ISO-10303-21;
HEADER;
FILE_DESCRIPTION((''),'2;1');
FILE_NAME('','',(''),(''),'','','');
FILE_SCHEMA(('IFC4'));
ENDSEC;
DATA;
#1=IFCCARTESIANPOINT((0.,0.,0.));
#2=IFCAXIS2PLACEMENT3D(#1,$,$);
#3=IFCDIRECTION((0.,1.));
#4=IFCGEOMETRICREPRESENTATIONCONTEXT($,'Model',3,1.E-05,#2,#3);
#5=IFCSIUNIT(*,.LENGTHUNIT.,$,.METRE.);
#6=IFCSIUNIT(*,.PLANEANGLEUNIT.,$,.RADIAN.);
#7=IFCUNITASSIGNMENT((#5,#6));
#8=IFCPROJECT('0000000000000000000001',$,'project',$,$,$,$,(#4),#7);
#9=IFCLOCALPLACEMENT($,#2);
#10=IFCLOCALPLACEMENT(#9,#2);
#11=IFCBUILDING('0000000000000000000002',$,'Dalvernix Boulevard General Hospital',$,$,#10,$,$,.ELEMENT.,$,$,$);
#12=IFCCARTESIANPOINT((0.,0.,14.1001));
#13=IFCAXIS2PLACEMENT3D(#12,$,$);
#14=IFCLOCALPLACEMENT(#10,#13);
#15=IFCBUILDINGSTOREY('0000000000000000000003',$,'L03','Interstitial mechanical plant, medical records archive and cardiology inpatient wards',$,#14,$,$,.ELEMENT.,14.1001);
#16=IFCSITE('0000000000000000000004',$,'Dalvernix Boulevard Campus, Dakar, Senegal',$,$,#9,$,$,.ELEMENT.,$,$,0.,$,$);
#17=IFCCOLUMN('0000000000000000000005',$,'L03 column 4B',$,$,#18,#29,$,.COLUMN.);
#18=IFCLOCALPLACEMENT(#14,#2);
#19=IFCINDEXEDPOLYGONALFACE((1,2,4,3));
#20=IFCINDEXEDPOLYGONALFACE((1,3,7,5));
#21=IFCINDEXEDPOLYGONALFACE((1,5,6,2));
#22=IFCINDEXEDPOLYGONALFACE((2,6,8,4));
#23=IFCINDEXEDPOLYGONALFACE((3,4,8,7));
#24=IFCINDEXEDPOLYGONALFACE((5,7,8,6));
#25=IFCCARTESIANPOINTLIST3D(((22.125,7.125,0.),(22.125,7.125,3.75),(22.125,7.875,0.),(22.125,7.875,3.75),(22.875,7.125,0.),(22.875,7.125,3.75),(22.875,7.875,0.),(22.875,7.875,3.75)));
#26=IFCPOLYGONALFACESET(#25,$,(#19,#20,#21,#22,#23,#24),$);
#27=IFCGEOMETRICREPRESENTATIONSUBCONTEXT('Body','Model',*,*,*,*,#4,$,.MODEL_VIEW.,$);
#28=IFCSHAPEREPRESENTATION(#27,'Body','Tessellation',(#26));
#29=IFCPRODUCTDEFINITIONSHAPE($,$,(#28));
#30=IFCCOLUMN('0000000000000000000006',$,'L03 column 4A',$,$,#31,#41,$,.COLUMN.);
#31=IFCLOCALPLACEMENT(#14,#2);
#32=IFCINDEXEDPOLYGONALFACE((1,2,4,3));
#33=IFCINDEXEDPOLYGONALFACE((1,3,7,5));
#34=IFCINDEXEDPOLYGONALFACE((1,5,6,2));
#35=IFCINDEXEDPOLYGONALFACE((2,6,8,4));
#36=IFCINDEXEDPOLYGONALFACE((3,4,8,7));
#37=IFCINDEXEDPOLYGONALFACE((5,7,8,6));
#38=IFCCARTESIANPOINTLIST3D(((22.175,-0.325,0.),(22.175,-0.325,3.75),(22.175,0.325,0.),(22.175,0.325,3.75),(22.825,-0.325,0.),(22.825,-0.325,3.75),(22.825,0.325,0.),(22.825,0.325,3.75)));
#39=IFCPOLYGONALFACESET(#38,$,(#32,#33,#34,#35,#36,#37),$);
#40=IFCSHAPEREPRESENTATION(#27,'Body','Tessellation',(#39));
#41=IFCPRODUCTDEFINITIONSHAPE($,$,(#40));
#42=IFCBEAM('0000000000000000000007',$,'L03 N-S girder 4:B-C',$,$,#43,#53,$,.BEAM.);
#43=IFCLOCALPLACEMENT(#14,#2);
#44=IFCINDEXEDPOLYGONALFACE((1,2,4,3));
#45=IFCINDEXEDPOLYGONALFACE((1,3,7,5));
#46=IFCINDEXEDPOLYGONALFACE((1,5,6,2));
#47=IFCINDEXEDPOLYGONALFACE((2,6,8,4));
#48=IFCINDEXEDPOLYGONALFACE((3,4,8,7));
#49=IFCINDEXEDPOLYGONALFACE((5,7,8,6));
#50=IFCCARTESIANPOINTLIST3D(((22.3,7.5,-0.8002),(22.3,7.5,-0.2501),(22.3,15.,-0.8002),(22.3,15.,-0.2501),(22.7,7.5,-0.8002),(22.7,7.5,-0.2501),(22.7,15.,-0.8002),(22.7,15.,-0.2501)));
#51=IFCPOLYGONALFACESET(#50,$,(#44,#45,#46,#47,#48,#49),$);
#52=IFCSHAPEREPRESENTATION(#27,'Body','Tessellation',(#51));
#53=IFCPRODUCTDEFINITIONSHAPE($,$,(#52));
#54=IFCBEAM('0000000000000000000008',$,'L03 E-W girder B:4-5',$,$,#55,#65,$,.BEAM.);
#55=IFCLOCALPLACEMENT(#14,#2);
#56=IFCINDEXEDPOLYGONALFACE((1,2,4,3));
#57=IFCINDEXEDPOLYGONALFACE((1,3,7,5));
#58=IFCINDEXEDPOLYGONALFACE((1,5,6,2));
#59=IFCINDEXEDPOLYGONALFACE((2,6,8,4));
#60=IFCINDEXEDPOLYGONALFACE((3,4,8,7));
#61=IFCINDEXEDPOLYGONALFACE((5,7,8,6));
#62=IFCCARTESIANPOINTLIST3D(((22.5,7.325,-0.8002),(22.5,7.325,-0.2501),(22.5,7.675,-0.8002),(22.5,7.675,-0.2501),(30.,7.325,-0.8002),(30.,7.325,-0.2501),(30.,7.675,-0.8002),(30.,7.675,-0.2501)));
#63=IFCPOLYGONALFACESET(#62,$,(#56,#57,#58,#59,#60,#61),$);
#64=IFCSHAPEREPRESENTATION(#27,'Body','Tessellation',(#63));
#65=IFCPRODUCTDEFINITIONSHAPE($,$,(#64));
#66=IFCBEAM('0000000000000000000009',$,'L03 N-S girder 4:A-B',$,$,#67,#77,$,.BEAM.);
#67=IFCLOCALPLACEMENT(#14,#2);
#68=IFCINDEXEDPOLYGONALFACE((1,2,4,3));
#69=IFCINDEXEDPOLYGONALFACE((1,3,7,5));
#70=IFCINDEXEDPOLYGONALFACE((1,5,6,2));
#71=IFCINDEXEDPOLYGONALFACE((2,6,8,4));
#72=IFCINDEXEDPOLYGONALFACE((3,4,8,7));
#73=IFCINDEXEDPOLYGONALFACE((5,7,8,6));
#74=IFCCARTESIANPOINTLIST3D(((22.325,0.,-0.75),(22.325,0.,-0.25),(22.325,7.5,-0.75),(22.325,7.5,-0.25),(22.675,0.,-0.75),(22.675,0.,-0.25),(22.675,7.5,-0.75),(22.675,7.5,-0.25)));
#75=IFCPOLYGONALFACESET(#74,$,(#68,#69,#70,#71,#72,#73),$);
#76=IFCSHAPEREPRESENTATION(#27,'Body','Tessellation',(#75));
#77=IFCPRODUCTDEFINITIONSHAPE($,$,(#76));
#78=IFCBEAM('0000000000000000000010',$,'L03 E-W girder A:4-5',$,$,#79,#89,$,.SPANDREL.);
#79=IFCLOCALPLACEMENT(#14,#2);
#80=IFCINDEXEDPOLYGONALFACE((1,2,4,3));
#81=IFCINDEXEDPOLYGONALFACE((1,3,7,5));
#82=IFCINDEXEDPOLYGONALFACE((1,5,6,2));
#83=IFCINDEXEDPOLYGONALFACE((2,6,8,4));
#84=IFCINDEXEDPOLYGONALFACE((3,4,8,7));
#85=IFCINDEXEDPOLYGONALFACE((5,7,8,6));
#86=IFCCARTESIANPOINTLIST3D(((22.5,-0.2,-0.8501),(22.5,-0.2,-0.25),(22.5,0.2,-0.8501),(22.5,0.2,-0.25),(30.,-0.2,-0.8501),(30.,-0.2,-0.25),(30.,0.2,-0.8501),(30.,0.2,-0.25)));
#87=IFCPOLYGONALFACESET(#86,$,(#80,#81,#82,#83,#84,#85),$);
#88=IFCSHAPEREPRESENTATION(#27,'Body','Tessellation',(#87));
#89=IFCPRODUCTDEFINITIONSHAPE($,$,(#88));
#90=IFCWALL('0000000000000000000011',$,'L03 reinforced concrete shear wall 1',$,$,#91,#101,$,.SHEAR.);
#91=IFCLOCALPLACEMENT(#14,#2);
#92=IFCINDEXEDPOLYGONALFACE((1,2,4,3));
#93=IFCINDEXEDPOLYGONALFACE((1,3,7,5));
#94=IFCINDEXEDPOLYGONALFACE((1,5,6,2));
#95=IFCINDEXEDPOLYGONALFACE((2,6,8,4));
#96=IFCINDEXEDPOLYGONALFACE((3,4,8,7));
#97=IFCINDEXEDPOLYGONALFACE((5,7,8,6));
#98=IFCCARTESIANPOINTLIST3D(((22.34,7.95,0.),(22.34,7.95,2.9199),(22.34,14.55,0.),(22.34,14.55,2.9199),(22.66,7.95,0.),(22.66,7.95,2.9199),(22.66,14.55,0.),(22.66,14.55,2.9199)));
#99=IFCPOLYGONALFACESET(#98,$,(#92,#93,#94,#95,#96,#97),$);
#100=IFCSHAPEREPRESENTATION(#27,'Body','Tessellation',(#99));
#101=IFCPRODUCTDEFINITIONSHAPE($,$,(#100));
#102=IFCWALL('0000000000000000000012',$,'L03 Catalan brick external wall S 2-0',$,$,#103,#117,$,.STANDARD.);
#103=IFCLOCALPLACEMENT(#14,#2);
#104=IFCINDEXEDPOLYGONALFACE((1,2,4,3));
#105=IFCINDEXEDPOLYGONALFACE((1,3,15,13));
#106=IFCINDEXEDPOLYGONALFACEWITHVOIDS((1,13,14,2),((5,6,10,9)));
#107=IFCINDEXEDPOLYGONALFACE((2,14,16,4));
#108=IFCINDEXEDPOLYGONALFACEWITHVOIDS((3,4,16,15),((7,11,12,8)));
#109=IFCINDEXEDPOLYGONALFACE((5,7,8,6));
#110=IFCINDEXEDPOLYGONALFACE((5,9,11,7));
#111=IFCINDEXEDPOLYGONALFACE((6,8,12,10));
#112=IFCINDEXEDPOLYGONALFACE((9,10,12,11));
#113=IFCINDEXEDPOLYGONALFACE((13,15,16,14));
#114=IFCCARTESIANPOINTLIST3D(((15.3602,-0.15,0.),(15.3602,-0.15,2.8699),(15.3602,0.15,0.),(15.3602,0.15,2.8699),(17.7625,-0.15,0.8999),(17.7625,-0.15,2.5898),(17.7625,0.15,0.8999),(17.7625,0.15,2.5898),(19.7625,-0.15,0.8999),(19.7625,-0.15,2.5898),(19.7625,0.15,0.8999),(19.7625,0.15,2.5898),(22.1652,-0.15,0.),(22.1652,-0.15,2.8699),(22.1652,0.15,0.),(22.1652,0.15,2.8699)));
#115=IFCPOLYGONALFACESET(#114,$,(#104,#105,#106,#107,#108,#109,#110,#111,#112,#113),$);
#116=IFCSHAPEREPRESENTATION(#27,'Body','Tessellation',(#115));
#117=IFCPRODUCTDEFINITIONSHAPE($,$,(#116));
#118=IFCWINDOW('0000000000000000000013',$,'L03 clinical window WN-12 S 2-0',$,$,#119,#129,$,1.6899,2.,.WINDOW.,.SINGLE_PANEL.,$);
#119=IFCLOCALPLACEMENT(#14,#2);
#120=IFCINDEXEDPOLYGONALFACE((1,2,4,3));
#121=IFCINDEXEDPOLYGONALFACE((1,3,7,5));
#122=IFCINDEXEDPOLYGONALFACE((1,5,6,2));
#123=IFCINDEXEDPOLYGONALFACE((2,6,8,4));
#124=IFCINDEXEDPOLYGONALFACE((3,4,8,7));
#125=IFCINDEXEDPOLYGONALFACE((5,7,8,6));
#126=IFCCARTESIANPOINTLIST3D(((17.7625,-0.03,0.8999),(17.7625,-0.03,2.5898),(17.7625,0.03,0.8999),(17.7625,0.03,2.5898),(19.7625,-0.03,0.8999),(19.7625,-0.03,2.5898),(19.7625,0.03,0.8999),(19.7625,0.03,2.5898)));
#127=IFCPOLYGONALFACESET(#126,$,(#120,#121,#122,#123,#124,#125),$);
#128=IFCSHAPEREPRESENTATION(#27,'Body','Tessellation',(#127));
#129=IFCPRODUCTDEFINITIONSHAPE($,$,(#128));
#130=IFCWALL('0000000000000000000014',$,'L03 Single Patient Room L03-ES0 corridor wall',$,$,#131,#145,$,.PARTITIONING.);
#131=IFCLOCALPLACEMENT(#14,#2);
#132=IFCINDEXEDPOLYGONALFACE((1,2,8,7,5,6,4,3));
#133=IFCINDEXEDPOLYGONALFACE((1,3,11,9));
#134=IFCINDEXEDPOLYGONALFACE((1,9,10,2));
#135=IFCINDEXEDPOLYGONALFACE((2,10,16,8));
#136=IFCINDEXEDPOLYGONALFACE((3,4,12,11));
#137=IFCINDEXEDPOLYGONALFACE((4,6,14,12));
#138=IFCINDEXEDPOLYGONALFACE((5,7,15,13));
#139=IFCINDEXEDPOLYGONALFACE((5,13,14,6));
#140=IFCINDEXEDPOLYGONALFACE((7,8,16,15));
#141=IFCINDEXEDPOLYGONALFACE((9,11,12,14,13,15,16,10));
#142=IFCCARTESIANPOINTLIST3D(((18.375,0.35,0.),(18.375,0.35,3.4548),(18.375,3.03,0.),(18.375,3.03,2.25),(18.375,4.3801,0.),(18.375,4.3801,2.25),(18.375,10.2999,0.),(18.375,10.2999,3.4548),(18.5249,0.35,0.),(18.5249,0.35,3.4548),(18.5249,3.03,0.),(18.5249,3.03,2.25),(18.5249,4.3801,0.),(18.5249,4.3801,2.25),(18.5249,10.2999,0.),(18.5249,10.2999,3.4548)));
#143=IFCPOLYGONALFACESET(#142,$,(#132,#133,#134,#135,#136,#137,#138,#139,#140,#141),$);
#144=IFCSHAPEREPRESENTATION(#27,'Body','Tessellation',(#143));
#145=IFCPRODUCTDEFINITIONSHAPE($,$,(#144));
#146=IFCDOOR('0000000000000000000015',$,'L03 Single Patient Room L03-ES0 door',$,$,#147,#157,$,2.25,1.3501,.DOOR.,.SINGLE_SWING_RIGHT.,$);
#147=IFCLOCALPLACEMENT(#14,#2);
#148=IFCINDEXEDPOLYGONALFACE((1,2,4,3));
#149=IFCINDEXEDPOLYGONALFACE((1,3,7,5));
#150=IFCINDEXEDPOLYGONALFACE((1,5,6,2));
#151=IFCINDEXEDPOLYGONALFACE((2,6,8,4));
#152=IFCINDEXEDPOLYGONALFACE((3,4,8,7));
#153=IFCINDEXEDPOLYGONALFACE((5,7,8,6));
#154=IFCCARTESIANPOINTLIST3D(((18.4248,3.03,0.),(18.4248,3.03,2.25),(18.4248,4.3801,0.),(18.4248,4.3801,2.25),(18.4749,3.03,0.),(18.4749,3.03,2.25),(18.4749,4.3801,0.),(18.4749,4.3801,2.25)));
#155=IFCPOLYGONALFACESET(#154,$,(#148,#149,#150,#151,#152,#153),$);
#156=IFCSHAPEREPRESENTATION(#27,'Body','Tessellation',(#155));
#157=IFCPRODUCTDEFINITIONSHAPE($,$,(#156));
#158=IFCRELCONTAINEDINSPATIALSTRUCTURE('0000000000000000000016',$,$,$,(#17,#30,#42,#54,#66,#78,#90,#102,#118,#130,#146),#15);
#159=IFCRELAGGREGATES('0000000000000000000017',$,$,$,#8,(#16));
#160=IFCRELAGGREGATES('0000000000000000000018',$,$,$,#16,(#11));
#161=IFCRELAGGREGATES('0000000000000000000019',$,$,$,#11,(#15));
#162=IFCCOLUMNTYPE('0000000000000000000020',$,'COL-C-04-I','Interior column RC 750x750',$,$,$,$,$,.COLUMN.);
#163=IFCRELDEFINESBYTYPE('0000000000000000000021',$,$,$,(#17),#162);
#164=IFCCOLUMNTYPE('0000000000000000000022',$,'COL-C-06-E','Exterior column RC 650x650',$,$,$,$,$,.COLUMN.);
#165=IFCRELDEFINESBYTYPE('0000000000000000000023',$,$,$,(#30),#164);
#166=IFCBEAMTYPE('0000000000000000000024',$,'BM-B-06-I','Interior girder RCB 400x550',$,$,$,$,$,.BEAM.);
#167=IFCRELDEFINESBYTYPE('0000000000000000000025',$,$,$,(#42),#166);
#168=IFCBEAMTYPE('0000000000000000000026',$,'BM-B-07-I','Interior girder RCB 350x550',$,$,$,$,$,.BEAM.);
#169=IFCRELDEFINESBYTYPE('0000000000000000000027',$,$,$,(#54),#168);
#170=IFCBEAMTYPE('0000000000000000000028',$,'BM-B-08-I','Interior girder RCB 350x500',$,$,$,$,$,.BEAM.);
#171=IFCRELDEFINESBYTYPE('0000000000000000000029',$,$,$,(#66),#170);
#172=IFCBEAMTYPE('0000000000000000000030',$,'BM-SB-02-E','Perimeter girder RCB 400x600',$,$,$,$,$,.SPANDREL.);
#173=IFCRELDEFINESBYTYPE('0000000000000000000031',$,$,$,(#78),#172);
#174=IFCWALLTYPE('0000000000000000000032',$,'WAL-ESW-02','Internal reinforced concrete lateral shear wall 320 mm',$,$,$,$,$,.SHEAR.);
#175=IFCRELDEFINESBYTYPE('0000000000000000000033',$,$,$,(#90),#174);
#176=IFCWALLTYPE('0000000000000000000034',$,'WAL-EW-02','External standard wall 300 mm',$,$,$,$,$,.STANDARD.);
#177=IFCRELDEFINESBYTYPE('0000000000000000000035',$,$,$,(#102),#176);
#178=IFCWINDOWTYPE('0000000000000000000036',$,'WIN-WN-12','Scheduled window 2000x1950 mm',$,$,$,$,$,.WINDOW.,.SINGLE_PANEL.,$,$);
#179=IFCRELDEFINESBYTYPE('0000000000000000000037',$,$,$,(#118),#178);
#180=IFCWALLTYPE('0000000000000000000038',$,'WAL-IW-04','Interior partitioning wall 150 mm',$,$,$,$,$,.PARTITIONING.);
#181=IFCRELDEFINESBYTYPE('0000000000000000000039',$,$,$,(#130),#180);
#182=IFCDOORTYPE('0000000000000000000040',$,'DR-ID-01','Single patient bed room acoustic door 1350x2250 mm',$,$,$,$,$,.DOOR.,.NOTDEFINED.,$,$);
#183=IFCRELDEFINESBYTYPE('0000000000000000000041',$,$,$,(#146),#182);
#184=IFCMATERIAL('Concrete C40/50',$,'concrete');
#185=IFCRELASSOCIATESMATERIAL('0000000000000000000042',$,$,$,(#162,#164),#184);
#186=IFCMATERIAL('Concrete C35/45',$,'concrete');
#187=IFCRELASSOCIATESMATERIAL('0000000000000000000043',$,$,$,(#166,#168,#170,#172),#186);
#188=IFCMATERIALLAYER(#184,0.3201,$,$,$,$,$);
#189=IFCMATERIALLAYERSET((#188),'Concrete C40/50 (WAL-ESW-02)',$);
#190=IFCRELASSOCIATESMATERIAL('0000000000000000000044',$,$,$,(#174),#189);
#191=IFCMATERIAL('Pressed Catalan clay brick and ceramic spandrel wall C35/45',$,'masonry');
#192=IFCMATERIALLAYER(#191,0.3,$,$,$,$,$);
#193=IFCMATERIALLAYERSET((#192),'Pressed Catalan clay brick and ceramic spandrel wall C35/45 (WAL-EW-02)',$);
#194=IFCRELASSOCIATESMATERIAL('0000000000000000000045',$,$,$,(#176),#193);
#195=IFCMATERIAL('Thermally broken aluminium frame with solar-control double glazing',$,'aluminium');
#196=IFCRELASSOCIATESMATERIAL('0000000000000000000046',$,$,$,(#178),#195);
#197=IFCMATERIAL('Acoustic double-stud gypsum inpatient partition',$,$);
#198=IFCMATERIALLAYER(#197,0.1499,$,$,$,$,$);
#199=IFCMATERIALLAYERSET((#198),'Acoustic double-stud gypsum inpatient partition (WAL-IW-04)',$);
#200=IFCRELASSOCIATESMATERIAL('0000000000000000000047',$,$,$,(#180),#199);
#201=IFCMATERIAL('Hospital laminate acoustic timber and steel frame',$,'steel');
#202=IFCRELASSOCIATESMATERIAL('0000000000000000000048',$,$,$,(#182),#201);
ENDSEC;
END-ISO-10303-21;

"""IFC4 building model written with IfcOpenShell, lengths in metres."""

from ifc_helpers import new_model, si_unit, direction, frame, frame_2d, origin, origin_2d, place, context, subcontext, project, spatial, rectangle, extrude, material, layer, layer_set, material_profile, profile_set, type_object, element, fill, save


model = new_model("IFC4")

# Units and contexts
model_context = context("Model", 3, precision=1e-05, world=origin(), true_north=direction((0.0, 1.0)))
body_context = subcontext(model_context, "Body", "Model", "MODEL_VIEW")
ifc_project = project(units=[si_unit("LENGTHUNIT", "METRE"), si_unit("PLANEANGLEUNIT", "RADIAN")], contexts=[model_context])

# Site, building, storey
site_placement = place(None, origin())
site = spatial("IfcSite", under=ifc_project, at=site_placement, Name="Dalvernix Boulevard Campus, Dakar, Senegal", CompositionType="ELEMENT", RefElevation=0.0)
building_placement = place(site_placement, origin())
building = spatial("IfcBuilding", under=site, at=building_placement, Name="Dalvernix Boulevard General Hospital", CompositionType="ELEMENT")
storey_placement = place(building_placement, frame((0.0, 0.0, 14.1001)))
storey = spatial("IfcBuildingStorey", under=building, at=storey_placement, Name="L03", Description="Interstitial mechanical plant, medical records archive and cardiology inpatient wards", CompositionType="ELEMENT", Elevation=14.1001)

# Columns
ifc_material_1 = material(Name="Concrete C40/50", Category="concrete")
ifc_material_profile_1 = material_profile(ifc_material_1, rectangle(XDim=0.75, YDim=0.75, at=origin_2d()), Name="RC 750x750")
ifc_profile_set_1 = profile_set([ifc_material_profile_1], Name="Concrete C40/50")
column_type_1 = type_object("IfcColumnType", Name="COL-C-04-I", Description="Interior column RC 750x750", PredefinedType="COLUMN", material=ifc_profile_set_1)
column_1_placement = place(storey_placement, frame((22.5, 7.5, 0.0), z_axis=(0.0, 0.0, 1.0), x_axis=(1.0, 0.0, 0.0)))
element("IfcColumn", 1, at=column_1_placement, inside=storey, type_object=column_type_1, Name="L03 column 4B", PredefinedType="COLUMN", context=body_context, shape_type="SweptSolid", body=[
    extrude(rectangle(XDim=0.75, YDim=0.75, at=origin_2d()), origin(), (0.0, 0.0, 1.0), 3.75),
])
ifc_material_profile_2 = material_profile(ifc_material_1, rectangle(XDim=0.6499, YDim=0.6499, at=origin_2d()), Name="RC 650x650")
ifc_profile_set_2 = profile_set([ifc_material_profile_2], Name="Concrete C40/50")
column_type_2 = type_object("IfcColumnType", Name="COL-C-06-E", Description="Exterior column RC 650x650", PredefinedType="COLUMN", material=ifc_profile_set_2)
column_2_placement = place(storey_placement, frame((22.5, 0.0, 0.0), z_axis=(0.0, 0.0, 1.0), x_axis=(1.0, 0.0, 0.0)))
element("IfcColumn", 2, at=column_2_placement, inside=storey, type_object=column_type_2, Name="L03 column 4A", PredefinedType="COLUMN", context=body_context, shape_type="SweptSolid", body=[
    extrude(rectangle(XDim=0.6499, YDim=0.6499, at=origin_2d()), origin(), (0.0, 0.0, 1.0), 3.75),
])

# Beams
ifc_material_2 = material(Name="Concrete C35/45", Category="concrete")
ifc_material_profile_3 = material_profile(ifc_material_2, rectangle(XDim=0.3999, YDim=0.55, at=origin_2d()), Name="RCB 400x550")
ifc_profile_set_3 = profile_set([ifc_material_profile_3], Name="Concrete C35/45")
beam_type_1 = type_object("IfcBeamType", Name="BM-B-06-I", Description="Interior girder RCB 400x550", PredefinedType="BEAM", material=ifc_profile_set_3)
beam_1_placement = place(storey_placement, frame((22.5, 7.5, -0.5251), z_axis=(0.0, 1.0, 0.0), x_axis=(-1.0, 0.0, 0.0)))
element("IfcBeam", 3, at=beam_1_placement, inside=storey, type_object=beam_type_1, Name="L03 N-S girder 4:B-C", PredefinedType="BEAM", context=body_context, shape_type="SweptSolid", body=[
    extrude(rectangle(XDim=0.3999, YDim=0.55, at=origin_2d()), origin(), (0.0, 0.0, 1.0), 7.5),
])
ifc_material_profile_4 = material_profile(ifc_material_2, rectangle(XDim=0.3501, YDim=0.55, at=origin_2d()), Name="RCB 350x550")
ifc_profile_set_4 = profile_set([ifc_material_profile_4], Name="Concrete C35/45")
beam_type_2 = type_object("IfcBeamType", Name="BM-B-07-I", Description="Interior girder RCB 350x550", PredefinedType="BEAM", material=ifc_profile_set_4)
beam_2_placement = place(storey_placement, frame((22.5, 7.5, -0.5251), z_axis=(1.0, 0.0, 0.0), x_axis=(0.0, 1.0, 0.0)))
element("IfcBeam", 4, at=beam_2_placement, inside=storey, type_object=beam_type_2, Name="L03 E-W girder B:4-5", PredefinedType="BEAM", context=body_context, shape_type="SweptSolid", body=[
    extrude(rectangle(XDim=0.3501, YDim=0.55, at=origin_2d()), origin(), (0.0, 0.0, 1.0), 7.5),
])
ifc_material_profile_5 = material_profile(ifc_material_2, rectangle(XDim=0.3501, YDim=0.5, at=origin_2d()), Name="RCB 350x500")
ifc_profile_set_5 = profile_set([ifc_material_profile_5], Name="Concrete C35/45")
beam_type_3 = type_object("IfcBeamType", Name="BM-B-08-I", Description="Interior girder RCB 350x500", PredefinedType="BEAM", material=ifc_profile_set_5)
beam_3_placement = place(storey_placement, frame((22.5, 0.0, -0.5), z_axis=(0.0, 1.0, 0.0), x_axis=(-1.0, 0.0, 0.0)))
element("IfcBeam", 5, at=beam_3_placement, inside=storey, type_object=beam_type_3, Name="L03 N-S girder 4:A-B", PredefinedType="BEAM", context=body_context, shape_type="SweptSolid", body=[
    extrude(rectangle(XDim=0.3501, YDim=0.5, at=origin_2d()), origin(), (0.0, 0.0, 1.0), 7.5),
])
ifc_material_profile_6 = material_profile(ifc_material_2, rectangle(XDim=0.3999, YDim=0.6001, at=origin_2d()), Name="RCB 400x600")
ifc_profile_set_6 = profile_set([ifc_material_profile_6], Name="Concrete C35/45")
beam_type_4 = type_object("IfcBeamType", Name="BM-SB-02-E", Description="Perimeter girder RCB 400x600", PredefinedType="SPANDREL", material=ifc_profile_set_6)
beam_4_placement = place(storey_placement, frame((22.5, 0.0, -0.55), z_axis=(1.0, 0.0, 0.0), x_axis=(0.0, 1.0, 0.0)))
element("IfcBeam", 6, at=beam_4_placement, inside=storey, type_object=beam_type_4, Name="L03 E-W girder A:4-5", PredefinedType="SPANDREL", context=body_context, shape_type="SweptSolid", body=[
    extrude(rectangle(XDim=0.3999, YDim=0.6001, at=origin_2d()), origin(), (0.0, 0.0, 1.0), 7.5),
])

# Wall
ifc_layer_1 = layer(ifc_material_1, 0.3201)
ifc_layer_set_1 = layer_set([ifc_layer_1], Name="Concrete C40/50 (WAL-ESW-02)")
wall_type_1 = type_object("IfcWallType", Name="WAL-ESW-02", Description="Internal reinforced concrete lateral shear wall 320 mm", PredefinedType="SHEAR", material=ifc_layer_set_1)
wall_1_placement = place(storey_placement, frame((22.5, 7.95, 0.0), z_axis=(0.0, 0.0, 1.0), x_axis=(0.0, 1.0, 0.0)))
element("IfcWall", 7, at=wall_1_placement, inside=storey, type_object=wall_type_1, Name="L03 reinforced concrete shear wall 1", PredefinedType="SHEAR", context=body_context, shape_type="SweptSolid", body=[
    extrude(rectangle(XDim=6.6001, YDim=0.3201, at=frame_2d((3.3, 0.0))), origin(), (0.0, 0.0, 1.0), 2.9199),
])

# Wall, opening, window
ifc_material_3 = material(Name="Pressed Catalan clay brick and ceramic spandrel wall C35/45", Category="masonry")
ifc_layer_2 = layer(ifc_material_3, 0.3)
ifc_layer_set_2 = layer_set([ifc_layer_2], Name="Pressed Catalan clay brick and ceramic spandrel wall C35/45 (WAL-EW-02)")
wall_type_2 = type_object("IfcWallType", Name="WAL-EW-02", Description="External standard wall 300 mm", PredefinedType="STANDARD", material=ifc_layer_set_2)
wall_2_placement = place(storey_placement, frame((22.165, 0.0, 0.0), z_axis=(0.0, 0.0, 1.0), x_axis=(-1.0, 0.0, 0.0)))
wall_2 = element("IfcWall", 8, at=wall_2_placement, inside=storey, type_object=wall_type_2, Name="L03 Catalan brick external wall S 2-0", PredefinedType="STANDARD", context=body_context, shape_type="SweptSolid", body=[
    extrude(rectangle(XDim=6.8049, YDim=0.3, at=frame_2d((3.4023, 0.0))), origin(), (0.0, 0.0, 1.0), 2.8699),
])
opening_1_placement = place(wall_2_placement, frame((2.4026, 0.0, 0.8999)))
opening_1 = element("IfcOpeningElement", 9, at=opening_1_placement, cuts=wall_2, PredefinedType="OPENING", context=body_context, shape_type="SweptSolid", body=[
    extrude(rectangle(XDim=2.0, YDim=1.6899, at=frame_2d((1.0, 0.845))), frame((0.0, 0.1599, 0.0), z_axis=(0.0, -1.0, 0.0), x_axis=(1.0, 0.0, 0.0)), (0.0, 0.0, 1.0), 0.3201),
])
ifc_material_4 = material(Name="Thermally broken aluminium frame with solar-control double glazing", Category="aluminium")
window_type = type_object("IfcWindowType", Name="WIN-WN-12", Description="Scheduled window 2000x1950 mm", PartitioningType="SINGLE_PANEL", PredefinedType="WINDOW", material=ifc_material_4)
window_placement = place(opening_1_placement, origin())
window = element("IfcWindow", 10, at=window_placement, inside=storey, type_object=window_type, Name="L03 clinical window WN-12 S 2-0", OverallHeight=1.6899, OverallWidth=2.0, PartitioningType="SINGLE_PANEL", PredefinedType="WINDOW", context=body_context, shape_type="SweptSolid", body=[
    extrude(rectangle(XDim=2.0, YDim=1.6899, at=frame_2d((1.0, 0.845))), frame((0.0, 0.03, 0.0), z_axis=(0.0, -1.0, 0.0), x_axis=(1.0, 0.0, 0.0)), (0.0, 0.0, 1.0), 0.0601),
])
fill(opening_1, window)

# Wall, opening, door
ifc_material_5 = material(Name="Acoustic double-stud gypsum inpatient partition")
ifc_layer_3 = layer(ifc_material_5, 0.1499)
ifc_layer_set_3 = layer_set([ifc_layer_3], Name="Acoustic double-stud gypsum inpatient partition (WAL-IW-04)")
wall_type_3 = type_object("IfcWallType", Name="WAL-IW-04", Description="Interior partitioning wall 150 mm", PredefinedType="PARTITIONING", material=ifc_layer_set_3)
wall_3_placement = place(storey_placement, frame((18.45, 10.3, 0.0), z_axis=(0.0, 0.0, 1.0), x_axis=(0.0, -1.0, 0.0)))
wall_3 = element("IfcWall", 11, at=wall_3_placement, inside=storey, type_object=wall_type_3, Name="L03 Single Patient Room L03-ES0 corridor wall", PredefinedType="PARTITIONING", context=body_context, shape_type="SweptSolid", body=[
    extrude(rectangle(XDim=9.95, YDim=0.1499, at=frame_2d((4.9751, 0.0))), origin(), (0.0, 0.0, 1.0), 3.4548),
])
opening_2_placement = place(wall_3_placement, frame((5.9199, 0.0, 0.0)))
opening_2 = element("IfcOpeningElement", 12, at=opening_2_placement, cuts=wall_3, PredefinedType="OPENING", context=body_context, shape_type="SweptSolid", body=[
    extrude(rectangle(XDim=1.3501, YDim=2.25, at=frame_2d((0.675, 1.125))), frame((0.0, 0.085, 0.0), z_axis=(0.0, -1.0, 0.0), x_axis=(1.0, 0.0, 0.0)), (0.0, 0.0, 1.0), 0.1699),
])
ifc_material_6 = material(Name="Hospital laminate acoustic timber and steel frame", Category="steel")
door_type_1 = type_object("IfcDoorType", Name="DR-ID-01", Description="Single patient bed room acoustic door 1350x2250 mm", OperationType="NOTDEFINED", PredefinedType="DOOR", material=ifc_material_6)
door_1_placement = place(opening_2_placement, origin())
door_1 = element("IfcDoor", 13, at=door_1_placement, inside=storey, type_object=door_type_1, Name="L03 Single Patient Room L03-ES0 door", OperationType="SINGLE_SWING_RIGHT", OverallHeight=2.25, OverallWidth=1.3501, PredefinedType="DOOR", context=body_context, shape_type="SweptSolid", body=[
    extrude(rectangle(XDim=1.3501, YDim=2.25, at=frame_2d((0.675, 1.125))), frame((0.0, 0.0249, 0.0), z_axis=(0.0, -1.0, 0.0), x_axis=(1.0, 0.0, 0.0)), (0.0, 0.0, 1.0), 0.05),
])
fill(opening_2, door_1)

save(model, "model.ifc")
